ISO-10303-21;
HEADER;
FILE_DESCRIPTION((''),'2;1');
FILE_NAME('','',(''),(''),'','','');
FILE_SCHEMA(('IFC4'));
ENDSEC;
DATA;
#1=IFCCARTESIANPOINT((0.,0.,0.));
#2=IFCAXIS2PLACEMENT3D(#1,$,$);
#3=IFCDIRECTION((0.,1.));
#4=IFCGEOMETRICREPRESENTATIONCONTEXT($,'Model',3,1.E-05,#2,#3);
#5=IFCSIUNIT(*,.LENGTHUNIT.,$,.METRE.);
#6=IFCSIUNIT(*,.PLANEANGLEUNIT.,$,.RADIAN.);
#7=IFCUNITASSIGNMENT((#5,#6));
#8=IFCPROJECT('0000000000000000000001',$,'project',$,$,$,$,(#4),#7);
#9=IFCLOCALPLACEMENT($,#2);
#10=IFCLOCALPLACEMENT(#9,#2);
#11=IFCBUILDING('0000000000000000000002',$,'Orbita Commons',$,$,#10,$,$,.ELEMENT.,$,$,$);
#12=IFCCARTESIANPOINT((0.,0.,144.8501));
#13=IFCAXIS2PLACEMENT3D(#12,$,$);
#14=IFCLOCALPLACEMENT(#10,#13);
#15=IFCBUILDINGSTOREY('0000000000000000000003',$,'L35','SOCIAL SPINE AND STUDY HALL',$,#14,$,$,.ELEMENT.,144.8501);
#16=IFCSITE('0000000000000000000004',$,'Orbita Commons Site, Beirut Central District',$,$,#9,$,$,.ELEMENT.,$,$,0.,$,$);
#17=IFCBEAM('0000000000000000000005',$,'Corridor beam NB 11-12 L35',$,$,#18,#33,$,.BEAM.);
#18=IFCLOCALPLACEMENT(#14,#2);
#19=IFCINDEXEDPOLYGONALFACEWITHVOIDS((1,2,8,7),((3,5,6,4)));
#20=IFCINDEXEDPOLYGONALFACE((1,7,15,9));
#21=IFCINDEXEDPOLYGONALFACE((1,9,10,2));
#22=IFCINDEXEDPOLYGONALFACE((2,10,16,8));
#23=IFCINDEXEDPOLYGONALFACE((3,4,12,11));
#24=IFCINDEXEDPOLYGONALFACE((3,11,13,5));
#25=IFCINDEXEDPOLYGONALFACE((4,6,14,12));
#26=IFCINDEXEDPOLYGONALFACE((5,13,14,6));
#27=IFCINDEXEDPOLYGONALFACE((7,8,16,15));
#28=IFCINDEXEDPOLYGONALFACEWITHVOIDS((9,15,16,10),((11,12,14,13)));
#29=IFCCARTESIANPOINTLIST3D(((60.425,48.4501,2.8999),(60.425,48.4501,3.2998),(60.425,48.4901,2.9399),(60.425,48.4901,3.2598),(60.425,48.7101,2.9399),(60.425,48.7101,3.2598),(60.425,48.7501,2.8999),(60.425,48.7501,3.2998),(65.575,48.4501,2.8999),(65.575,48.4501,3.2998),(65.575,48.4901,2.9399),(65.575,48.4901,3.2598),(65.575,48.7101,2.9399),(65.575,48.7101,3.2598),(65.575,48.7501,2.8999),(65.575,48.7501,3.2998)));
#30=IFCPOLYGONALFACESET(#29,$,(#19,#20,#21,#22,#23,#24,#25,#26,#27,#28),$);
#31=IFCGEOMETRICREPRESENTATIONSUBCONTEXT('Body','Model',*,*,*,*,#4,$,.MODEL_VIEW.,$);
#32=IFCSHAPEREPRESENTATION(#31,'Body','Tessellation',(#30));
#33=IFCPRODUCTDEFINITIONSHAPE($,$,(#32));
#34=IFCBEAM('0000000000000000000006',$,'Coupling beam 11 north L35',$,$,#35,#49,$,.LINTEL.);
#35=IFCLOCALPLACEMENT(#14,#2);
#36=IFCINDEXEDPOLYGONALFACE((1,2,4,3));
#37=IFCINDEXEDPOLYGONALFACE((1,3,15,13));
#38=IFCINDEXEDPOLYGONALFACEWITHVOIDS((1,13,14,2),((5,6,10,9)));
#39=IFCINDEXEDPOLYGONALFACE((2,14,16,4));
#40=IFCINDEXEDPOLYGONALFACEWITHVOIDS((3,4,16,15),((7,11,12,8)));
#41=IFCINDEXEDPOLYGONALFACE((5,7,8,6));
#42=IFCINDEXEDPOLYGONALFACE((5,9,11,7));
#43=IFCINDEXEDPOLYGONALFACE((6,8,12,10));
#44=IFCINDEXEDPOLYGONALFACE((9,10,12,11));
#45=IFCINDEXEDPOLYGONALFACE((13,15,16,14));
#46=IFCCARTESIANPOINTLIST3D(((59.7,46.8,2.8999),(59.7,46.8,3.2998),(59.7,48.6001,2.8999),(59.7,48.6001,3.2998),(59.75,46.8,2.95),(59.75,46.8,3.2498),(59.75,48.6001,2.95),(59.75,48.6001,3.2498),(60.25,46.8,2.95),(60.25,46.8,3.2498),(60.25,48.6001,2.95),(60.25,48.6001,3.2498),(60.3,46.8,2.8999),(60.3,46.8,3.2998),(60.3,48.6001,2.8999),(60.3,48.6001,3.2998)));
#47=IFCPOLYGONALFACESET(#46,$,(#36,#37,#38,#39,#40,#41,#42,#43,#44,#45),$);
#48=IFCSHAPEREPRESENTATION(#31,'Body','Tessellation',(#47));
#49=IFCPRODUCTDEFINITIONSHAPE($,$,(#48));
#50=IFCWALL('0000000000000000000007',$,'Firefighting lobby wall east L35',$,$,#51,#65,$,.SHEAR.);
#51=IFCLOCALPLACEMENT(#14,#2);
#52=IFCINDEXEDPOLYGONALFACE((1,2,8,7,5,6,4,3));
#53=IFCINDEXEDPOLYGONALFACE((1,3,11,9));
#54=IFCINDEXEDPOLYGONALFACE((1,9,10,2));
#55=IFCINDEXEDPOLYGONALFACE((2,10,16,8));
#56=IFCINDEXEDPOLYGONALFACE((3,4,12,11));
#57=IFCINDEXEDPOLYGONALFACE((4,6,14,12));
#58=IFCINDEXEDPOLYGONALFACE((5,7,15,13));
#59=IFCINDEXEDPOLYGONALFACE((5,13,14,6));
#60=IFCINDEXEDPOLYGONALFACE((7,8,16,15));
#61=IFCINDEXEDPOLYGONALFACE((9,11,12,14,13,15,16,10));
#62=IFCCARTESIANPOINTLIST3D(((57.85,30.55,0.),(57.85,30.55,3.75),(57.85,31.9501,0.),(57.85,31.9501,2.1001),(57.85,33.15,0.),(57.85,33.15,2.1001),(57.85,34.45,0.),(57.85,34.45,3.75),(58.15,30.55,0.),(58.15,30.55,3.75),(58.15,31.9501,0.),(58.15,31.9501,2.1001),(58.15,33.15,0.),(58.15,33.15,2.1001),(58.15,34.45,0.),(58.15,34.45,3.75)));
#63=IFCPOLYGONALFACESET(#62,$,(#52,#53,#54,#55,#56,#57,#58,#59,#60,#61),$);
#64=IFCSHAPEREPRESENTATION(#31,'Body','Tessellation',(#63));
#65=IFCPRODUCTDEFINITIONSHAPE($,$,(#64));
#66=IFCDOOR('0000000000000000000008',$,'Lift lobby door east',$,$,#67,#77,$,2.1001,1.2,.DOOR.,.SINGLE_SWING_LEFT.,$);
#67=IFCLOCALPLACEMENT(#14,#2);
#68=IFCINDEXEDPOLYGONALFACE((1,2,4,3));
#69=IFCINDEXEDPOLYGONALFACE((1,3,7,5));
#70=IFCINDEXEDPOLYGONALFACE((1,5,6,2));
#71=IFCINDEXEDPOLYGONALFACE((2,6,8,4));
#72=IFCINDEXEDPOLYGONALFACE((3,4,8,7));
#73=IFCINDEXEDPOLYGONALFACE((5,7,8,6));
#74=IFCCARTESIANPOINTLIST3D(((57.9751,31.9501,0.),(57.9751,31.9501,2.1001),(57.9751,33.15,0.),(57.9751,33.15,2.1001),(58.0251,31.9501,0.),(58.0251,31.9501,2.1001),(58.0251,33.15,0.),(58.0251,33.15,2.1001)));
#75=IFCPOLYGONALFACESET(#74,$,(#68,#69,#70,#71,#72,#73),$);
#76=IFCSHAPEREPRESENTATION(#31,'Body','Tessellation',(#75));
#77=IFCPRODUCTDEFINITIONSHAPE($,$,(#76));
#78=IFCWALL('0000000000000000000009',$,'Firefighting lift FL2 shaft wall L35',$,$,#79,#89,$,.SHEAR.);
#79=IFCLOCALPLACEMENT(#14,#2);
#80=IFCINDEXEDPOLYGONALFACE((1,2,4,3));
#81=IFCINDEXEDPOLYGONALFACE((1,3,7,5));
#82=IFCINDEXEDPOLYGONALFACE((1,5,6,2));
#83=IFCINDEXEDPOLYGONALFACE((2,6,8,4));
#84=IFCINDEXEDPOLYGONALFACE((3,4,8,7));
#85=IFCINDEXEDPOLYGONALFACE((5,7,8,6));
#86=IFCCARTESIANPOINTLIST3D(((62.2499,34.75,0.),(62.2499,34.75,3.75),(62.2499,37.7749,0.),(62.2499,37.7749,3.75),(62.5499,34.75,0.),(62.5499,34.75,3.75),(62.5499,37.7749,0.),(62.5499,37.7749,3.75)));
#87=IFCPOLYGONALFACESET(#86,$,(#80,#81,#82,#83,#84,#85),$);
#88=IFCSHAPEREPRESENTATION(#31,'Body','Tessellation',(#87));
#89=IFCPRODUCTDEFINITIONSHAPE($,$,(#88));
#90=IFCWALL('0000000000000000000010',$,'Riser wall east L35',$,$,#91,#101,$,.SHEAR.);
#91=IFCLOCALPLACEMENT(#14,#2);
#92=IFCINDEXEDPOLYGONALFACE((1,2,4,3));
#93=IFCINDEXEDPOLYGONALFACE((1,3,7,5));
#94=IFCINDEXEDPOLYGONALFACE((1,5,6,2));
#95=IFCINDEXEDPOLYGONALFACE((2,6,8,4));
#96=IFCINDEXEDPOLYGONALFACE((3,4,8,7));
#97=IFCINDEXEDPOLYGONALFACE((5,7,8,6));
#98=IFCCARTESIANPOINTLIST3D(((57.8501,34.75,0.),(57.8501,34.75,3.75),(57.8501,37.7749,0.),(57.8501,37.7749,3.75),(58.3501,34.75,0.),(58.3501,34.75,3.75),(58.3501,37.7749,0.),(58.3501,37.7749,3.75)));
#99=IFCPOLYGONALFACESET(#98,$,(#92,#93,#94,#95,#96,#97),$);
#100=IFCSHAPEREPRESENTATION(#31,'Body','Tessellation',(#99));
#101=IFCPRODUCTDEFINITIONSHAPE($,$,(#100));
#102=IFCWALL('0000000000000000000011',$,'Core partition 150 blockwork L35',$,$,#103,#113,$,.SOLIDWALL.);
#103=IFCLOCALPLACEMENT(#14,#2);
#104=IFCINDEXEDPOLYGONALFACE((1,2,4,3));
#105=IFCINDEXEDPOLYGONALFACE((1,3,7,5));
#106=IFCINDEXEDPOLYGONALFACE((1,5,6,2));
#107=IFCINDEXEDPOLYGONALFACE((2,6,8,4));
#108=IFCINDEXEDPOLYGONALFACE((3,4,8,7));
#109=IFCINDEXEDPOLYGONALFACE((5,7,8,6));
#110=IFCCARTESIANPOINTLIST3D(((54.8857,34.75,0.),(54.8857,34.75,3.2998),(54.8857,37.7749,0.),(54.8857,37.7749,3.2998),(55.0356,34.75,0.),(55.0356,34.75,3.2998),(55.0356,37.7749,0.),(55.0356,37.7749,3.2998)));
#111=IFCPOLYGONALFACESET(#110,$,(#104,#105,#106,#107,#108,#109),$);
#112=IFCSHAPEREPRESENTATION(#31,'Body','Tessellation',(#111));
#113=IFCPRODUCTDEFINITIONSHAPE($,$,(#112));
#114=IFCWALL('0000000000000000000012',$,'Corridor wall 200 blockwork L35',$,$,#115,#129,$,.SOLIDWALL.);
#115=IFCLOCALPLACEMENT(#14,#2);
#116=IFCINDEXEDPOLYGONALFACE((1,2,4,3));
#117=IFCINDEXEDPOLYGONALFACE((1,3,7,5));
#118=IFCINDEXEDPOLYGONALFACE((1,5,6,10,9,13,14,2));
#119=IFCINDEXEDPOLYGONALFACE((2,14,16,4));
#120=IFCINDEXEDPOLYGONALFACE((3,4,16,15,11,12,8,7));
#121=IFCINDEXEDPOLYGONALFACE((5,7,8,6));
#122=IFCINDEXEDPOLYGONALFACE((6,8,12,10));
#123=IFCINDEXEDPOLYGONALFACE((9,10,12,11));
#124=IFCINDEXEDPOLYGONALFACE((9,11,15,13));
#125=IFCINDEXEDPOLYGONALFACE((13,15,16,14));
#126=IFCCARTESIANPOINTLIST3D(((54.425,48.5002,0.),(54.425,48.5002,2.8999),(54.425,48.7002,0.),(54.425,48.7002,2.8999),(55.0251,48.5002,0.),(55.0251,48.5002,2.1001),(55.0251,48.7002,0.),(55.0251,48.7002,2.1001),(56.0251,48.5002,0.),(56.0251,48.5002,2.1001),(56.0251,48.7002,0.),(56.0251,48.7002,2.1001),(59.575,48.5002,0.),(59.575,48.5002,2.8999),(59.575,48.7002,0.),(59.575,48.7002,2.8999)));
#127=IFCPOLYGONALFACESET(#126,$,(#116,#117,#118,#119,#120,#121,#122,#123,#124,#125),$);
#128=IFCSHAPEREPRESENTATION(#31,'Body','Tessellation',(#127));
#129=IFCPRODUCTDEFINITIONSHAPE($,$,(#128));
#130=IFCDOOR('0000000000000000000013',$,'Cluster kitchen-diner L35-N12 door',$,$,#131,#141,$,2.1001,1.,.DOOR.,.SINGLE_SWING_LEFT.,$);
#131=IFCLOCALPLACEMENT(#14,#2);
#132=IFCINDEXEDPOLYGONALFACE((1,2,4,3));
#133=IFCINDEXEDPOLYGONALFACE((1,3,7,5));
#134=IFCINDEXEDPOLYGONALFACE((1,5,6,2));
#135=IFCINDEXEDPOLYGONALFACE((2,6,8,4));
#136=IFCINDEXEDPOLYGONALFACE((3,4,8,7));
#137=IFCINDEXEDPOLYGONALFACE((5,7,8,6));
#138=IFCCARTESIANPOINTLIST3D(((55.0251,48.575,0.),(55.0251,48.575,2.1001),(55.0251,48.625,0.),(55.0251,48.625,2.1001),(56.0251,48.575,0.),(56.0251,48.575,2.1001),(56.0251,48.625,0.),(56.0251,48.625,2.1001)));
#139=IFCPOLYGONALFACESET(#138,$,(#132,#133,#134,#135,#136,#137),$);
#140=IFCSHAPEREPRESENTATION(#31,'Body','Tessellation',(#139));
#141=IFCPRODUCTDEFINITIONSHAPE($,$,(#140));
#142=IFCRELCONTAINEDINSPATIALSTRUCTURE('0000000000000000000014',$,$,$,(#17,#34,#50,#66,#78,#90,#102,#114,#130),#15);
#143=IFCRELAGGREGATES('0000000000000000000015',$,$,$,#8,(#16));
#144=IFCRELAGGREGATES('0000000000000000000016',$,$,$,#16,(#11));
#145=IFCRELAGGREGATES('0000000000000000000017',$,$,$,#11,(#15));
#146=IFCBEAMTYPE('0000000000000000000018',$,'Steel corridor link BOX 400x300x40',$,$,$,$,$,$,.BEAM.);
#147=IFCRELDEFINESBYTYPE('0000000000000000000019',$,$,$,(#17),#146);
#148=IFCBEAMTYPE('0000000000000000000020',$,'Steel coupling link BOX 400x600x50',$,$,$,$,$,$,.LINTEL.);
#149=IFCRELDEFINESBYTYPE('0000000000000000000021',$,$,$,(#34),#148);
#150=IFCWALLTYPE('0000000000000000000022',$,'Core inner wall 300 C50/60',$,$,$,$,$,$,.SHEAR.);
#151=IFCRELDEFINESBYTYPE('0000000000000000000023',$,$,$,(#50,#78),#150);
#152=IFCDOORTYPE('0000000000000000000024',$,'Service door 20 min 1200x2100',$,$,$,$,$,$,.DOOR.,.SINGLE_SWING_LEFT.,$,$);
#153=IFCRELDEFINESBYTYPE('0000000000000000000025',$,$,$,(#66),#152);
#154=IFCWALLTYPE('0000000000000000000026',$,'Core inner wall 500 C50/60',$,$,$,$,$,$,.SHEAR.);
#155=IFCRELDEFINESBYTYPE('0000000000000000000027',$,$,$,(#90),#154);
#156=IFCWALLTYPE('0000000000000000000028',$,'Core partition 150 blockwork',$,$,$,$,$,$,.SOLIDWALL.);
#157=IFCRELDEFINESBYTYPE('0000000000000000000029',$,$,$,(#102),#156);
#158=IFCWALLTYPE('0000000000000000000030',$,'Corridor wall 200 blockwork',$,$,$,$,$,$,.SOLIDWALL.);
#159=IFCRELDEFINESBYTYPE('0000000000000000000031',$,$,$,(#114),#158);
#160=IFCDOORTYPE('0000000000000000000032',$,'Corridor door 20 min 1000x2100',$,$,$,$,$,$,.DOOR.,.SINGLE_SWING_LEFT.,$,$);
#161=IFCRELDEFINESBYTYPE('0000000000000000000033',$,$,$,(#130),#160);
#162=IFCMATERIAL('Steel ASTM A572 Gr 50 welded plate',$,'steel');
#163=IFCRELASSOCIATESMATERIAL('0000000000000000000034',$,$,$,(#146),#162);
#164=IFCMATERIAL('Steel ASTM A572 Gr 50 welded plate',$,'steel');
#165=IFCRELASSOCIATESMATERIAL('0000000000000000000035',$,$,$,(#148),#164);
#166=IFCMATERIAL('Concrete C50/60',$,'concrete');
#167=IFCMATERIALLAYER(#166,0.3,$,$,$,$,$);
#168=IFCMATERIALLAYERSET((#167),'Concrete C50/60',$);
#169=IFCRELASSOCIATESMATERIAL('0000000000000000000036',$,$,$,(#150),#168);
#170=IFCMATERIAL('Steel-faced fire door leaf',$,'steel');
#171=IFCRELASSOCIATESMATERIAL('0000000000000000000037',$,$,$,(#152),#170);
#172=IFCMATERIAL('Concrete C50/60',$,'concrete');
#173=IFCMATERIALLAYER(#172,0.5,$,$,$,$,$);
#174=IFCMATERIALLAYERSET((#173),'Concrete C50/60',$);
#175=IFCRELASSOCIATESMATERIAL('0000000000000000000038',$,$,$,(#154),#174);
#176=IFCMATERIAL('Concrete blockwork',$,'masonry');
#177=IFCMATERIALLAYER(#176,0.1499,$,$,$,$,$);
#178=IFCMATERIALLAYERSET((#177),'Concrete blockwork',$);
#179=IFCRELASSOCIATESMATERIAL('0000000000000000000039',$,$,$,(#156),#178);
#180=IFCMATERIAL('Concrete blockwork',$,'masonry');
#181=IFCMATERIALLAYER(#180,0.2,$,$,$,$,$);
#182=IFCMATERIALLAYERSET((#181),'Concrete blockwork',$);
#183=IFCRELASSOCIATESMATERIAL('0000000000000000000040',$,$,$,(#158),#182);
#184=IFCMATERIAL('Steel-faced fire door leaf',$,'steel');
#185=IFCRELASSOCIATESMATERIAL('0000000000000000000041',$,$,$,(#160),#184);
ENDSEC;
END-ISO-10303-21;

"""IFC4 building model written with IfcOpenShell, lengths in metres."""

from ifc_helpers import new_model, si_unit, direction, frame, frame_2d, origin, origin_2d, place, context, subcontext, project, spatial, polyline, rectangle, hollow_rectangle, outline, extrude, material, layer, layer_set, material_profile, profile_set, type_object, element, fill, save


model = new_model("IFC4")

# Units and contexts
model_context = context("Model", 3, precision=1e-05, world=origin(), true_north=direction((0.0, 1.0)))
body_context = subcontext(model_context, "Body", "Model", "MODEL_VIEW")
ifc_project = project(units=[si_unit("LENGTHUNIT", "METRE"), si_unit("PLANEANGLEUNIT", "RADIAN")], contexts=[model_context])

# Site, building, storey
site_placement = place(None, origin())
site = spatial("IfcSite", under=ifc_project, at=site_placement, Name="Orbita Commons Site, Beirut Central District", CompositionType="ELEMENT", RefElevation=0.0)
building_placement = place(site_placement, origin())
building = spatial("IfcBuilding", under=site, at=building_placement, Name="Orbita Commons", CompositionType="ELEMENT")
storey_placement = place(building_placement, frame((0.0, 0.0, 144.8501)))
storey = spatial("IfcBuildingStorey", under=building, at=storey_placement, Name="L35", Description="SOCIAL SPINE AND STUDY HALL", CompositionType="ELEMENT", Elevation=144.8501)

# Beams
ifc_material_1 = material(Name="Steel ASTM A572 Gr 50 welded plate", Category="steel")
ifc_material_profile_1 = material_profile(ifc_material_1, hollow_rectangle(XDim=0.3, YDim=0.3999, WallThickness=0.04, at=origin_2d()), Name="BOX 400x300x40")
ifc_profile_set_1 = profile_set([ifc_material_profile_1], Name="Steel ASTM A572 Gr 50 welded plate")
beam_type_1 = type_object("IfcBeamType", Name="Steel corridor link BOX 400x300x40", PredefinedType="BEAM", material=ifc_profile_set_1)
beam_1_placement = place(storey_placement, frame((60.425, 48.6001, 3.0999), z_axis=(1.0, 0.0, 0.0), x_axis=(0.0, 1.0, 0.0)))
element("IfcBeam", 1, at=beam_1_placement, inside=storey, type_object=beam_type_1, Name="Corridor beam NB 11-12 L35", PredefinedType="BEAM", context=body_context, shape_type="SweptSolid", body=[
    extrude(hollow_rectangle(XDim=0.3, YDim=0.3999, WallThickness=0.04, at=origin_2d()), origin(), (0.0, 0.0, 1.0), 5.1499),
])
ifc_material_2 = material(Name="Steel ASTM A572 Gr 50 welded plate", Category="steel")
ifc_material_profile_2 = material_profile(ifc_material_2, hollow_rectangle(XDim=0.6001, YDim=0.3999, WallThickness=0.05, at=origin_2d()), Name="BOX 400x600x50")
ifc_profile_set_2 = profile_set([ifc_material_profile_2], Name="Steel ASTM A572 Gr 50 welded plate")
beam_type_2 = type_object("IfcBeamType", Name="Steel coupling link BOX 400x600x50", PredefinedType="LINTEL", material=ifc_profile_set_2)
beam_2_placement = place(storey_placement, frame((60.0, 46.8, 3.0999), z_axis=(0.0, 1.0, 0.0), x_axis=(-1.0, 0.0, 0.0)))
element("IfcBeam", 2, at=beam_2_placement, inside=storey, type_object=beam_type_2, Name="Coupling beam 11 north L35", PredefinedType="LINTEL", context=body_context, shape_type="SweptSolid", body=[
    extrude(hollow_rectangle(XDim=0.6001, YDim=0.3999, WallThickness=0.05, at=origin_2d()), origin(), (0.0, 0.0, 1.0), 1.8),
])

# Wall, opening, door
ifc_material_3 = material(Name="Concrete C50/60", Category="concrete")
ifc_layer_1 = layer(ifc_material_3, 0.3)
ifc_layer_set_1 = layer_set([ifc_layer_1], Name="Concrete C50/60")
wall_type_1 = type_object("IfcWallType", Name="Core inner wall 300 C50/60", PredefinedType="SHEAR", material=ifc_layer_set_1)
wall_1_placement = place(storey_placement, frame((58.0, 30.55, 0.0), z_axis=(0.0, 0.0, 1.0), x_axis=(0.0, 1.0, 0.0)))
wall_1 = element("IfcWall", 3, at=wall_1_placement, inside=storey, type_object=wall_type_1, Name="Firefighting lobby wall east L35", PredefinedType="SHEAR", context=body_context, shape_type="SweptSolid", body=[
    extrude(rectangle(XDim=3.8999, YDim=0.3, at=frame_2d((1.95, 0.0))), origin(), (0.0, 0.0, 1.0), 3.75),
])
opening_1_placement = place(wall_1_placement, frame((1.3999, 0.0, 0.0)))
opening_1 = element("IfcOpeningElement", 4, at=opening_1_placement, cuts=wall_1, PredefinedType="OPENING", context=body_context, shape_type="SweptSolid", body=[
    extrude(rectangle(XDim=1.2, YDim=2.1001, at=frame_2d((0.6001, 1.05))), frame((0.0, 0.1599, 0.0), z_axis=(0.0, -1.0, 0.0), x_axis=(1.0, 0.0, 0.0)), (0.0, 0.0, 1.0), 0.3201),
])
ifc_material_4 = material(Name="Steel-faced fire door leaf", Category="steel")
door_type_1 = type_object("IfcDoorType", Name="Service door 20 min 1200x2100", OperationType="SINGLE_SWING_LEFT", PredefinedType="DOOR", material=ifc_material_4)
door_1_placement = place(opening_1_placement, origin())
door_1 = element("IfcDoor", 5, at=door_1_placement, inside=storey, type_object=door_type_1, Name="Lift lobby door east", OperationType="SINGLE_SWING_LEFT", OverallHeight=2.1001, OverallWidth=1.2, PredefinedType="DOOR", context=body_context, shape_type="SweptSolid", body=[
    extrude(rectangle(XDim=1.2, YDim=2.1001, at=frame_2d((0.6001, 1.05))), frame((0.0, 0.0249, 0.0), z_axis=(0.0, -1.0, 0.0), x_axis=(1.0, 0.0, 0.0)), (0.0, 0.0, 1.0), 0.05),
])
fill(opening_1, door_1)

# Walls
wall_2_placement = place(storey_placement, frame((62.3999, 34.75, 0.0), z_axis=(0.0, 0.0, 1.0), x_axis=(0.0, 1.0, 0.0)))
element("IfcWall", 6, at=wall_2_placement, inside=storey, type_object=wall_type_1, Name="Firefighting lift FL2 shaft wall L35", PredefinedType="SHEAR", context=body_context, shape_type="SweptSolid", body=[
    extrude(rectangle(XDim=3.0249, YDim=0.3, at=frame_2d((1.5125, 0.0))), origin(), (0.0, 0.0, 1.0), 3.75),
])
ifc_material_5 = material(Name="Concrete C50/60", Category="concrete")
ifc_layer_2 = layer(ifc_material_5, 0.5)
ifc_layer_set_2 = layer_set([ifc_layer_2], Name="Concrete C50/60")
wall_type_2 = type_object("IfcWallType", Name="Core inner wall 500 C50/60", PredefinedType="SHEAR", material=ifc_layer_set_2)
wall_3_placement = place(storey_placement, frame((58.1001, 34.75, 0.0), z_axis=(0.0, 0.0, 1.0), x_axis=(0.0, 1.0, 0.0)))
element("IfcWall", 7, at=wall_3_placement, inside=storey, type_object=wall_type_2, Name="Riser wall east L35", PredefinedType="SHEAR", context=body_context, shape_type="SweptSolid", body=[
    extrude(rectangle(XDim=3.0249, YDim=0.5, at=frame_2d((1.5125, 0.0))), origin(), (0.0, 0.0, 1.0), 3.75),
])
ifc_material_6 = material(Name="Concrete blockwork", Category="masonry")
ifc_layer_3 = layer(ifc_material_6, 0.1499)
ifc_layer_set_3 = layer_set([ifc_layer_3], Name="Concrete blockwork")
wall_type_3 = type_object("IfcWallType", Name="Core partition 150 blockwork", PredefinedType="SOLIDWALL", material=ifc_layer_set_3)
wall_4_placement = place(storey_placement, frame((54.9607, 34.75, 0.0), z_axis=(0.0, 0.0, 1.0), x_axis=(0.0, 1.0, 0.0)))
element("IfcWall", 8, at=wall_4_placement, inside=storey, type_object=wall_type_3, Name="Core partition 150 blockwork L35", PredefinedType="SOLIDWALL", context=body_context, shape_type="SweptSolid", body=[
    extrude(rectangle(XDim=3.0249, YDim=0.1499, at=frame_2d((1.5125, 0.0))), origin(), (0.0, 0.0, 1.0), 3.2998),
])

# Wall, opening, door
ifc_material_7 = material(Name="Concrete blockwork", Category="masonry")
ifc_layer_4 = layer(ifc_material_7, 0.2)
ifc_layer_set_4 = layer_set([ifc_layer_4], Name="Concrete blockwork")
wall_type_4 = type_object("IfcWallType", Name="Corridor wall 200 blockwork", PredefinedType="SOLIDWALL", material=ifc_layer_set_4)
wall_5_placement = place(storey_placement, frame((54.425, 48.6001, 0.0), z_axis=(0.0, 0.0, 1.0), x_axis=(1.0, 0.0, 0.0)))
wall_5 = element("IfcWall", 9, at=wall_5_placement, inside=storey, type_object=wall_type_4, Name="Corridor wall 200 blockwork L35", PredefinedType="SOLIDWALL", context=body_context, shape_type="SweptSolid", body=[
    extrude(outline(polyline([(0.0, 0.0), (5.1499, 0.0), (5.1499, 2.8999), (0.0, 2.8999), (0.0, 0.0)])), frame((0.0, 0.1001, 0.0), z_axis=(0.0, -1.0, 0.0), x_axis=(1.0, 0.0, 0.0)), (0.0, 0.0, 1.0), 0.2),
])
opening_2_placement = place(wall_5_placement, frame((0.6001, 0.0, 0.0)))
opening_2 = element("IfcOpeningElement", 10, at=opening_2_placement, cuts=wall_5, PredefinedType="OPENING", context=body_context, shape_type="SweptSolid", body=[
    extrude(rectangle(XDim=1.0, YDim=2.1001, at=frame_2d((0.5, 1.05))), frame((0.0, 0.1099, 0.0), z_axis=(0.0, -1.0, 0.0), x_axis=(1.0, 0.0, 0.0)), (0.0, 0.0, 1.0), 0.22),
])
ifc_material_8 = material(Name="Steel-faced fire door leaf", Category="steel")
door_type_2 = type_object("IfcDoorType", Name="Corridor door 20 min 1000x2100", OperationType="SINGLE_SWING_LEFT", PredefinedType="DOOR", material=ifc_material_8)
door_2_placement = place(opening_2_placement, origin())
door_2 = element("IfcDoor", 11, at=door_2_placement, inside=storey, type_object=door_type_2, Name="Cluster kitchen-diner L35-N12 door", OperationType="SINGLE_SWING_LEFT", OverallHeight=2.1001, OverallWidth=1.0, PredefinedType="DOOR", context=body_context, shape_type="SweptSolid", body=[
    extrude(rectangle(XDim=1.0, YDim=2.1001, at=frame_2d((0.5, 1.05))), frame((0.0, 0.0249, 0.0), z_axis=(0.0, -1.0, 0.0), x_axis=(1.0, 0.0, 0.0)), (0.0, 0.0, 1.0), 0.05),
])
fill(opening_2, door_2)

save(model, "model.ifc")
